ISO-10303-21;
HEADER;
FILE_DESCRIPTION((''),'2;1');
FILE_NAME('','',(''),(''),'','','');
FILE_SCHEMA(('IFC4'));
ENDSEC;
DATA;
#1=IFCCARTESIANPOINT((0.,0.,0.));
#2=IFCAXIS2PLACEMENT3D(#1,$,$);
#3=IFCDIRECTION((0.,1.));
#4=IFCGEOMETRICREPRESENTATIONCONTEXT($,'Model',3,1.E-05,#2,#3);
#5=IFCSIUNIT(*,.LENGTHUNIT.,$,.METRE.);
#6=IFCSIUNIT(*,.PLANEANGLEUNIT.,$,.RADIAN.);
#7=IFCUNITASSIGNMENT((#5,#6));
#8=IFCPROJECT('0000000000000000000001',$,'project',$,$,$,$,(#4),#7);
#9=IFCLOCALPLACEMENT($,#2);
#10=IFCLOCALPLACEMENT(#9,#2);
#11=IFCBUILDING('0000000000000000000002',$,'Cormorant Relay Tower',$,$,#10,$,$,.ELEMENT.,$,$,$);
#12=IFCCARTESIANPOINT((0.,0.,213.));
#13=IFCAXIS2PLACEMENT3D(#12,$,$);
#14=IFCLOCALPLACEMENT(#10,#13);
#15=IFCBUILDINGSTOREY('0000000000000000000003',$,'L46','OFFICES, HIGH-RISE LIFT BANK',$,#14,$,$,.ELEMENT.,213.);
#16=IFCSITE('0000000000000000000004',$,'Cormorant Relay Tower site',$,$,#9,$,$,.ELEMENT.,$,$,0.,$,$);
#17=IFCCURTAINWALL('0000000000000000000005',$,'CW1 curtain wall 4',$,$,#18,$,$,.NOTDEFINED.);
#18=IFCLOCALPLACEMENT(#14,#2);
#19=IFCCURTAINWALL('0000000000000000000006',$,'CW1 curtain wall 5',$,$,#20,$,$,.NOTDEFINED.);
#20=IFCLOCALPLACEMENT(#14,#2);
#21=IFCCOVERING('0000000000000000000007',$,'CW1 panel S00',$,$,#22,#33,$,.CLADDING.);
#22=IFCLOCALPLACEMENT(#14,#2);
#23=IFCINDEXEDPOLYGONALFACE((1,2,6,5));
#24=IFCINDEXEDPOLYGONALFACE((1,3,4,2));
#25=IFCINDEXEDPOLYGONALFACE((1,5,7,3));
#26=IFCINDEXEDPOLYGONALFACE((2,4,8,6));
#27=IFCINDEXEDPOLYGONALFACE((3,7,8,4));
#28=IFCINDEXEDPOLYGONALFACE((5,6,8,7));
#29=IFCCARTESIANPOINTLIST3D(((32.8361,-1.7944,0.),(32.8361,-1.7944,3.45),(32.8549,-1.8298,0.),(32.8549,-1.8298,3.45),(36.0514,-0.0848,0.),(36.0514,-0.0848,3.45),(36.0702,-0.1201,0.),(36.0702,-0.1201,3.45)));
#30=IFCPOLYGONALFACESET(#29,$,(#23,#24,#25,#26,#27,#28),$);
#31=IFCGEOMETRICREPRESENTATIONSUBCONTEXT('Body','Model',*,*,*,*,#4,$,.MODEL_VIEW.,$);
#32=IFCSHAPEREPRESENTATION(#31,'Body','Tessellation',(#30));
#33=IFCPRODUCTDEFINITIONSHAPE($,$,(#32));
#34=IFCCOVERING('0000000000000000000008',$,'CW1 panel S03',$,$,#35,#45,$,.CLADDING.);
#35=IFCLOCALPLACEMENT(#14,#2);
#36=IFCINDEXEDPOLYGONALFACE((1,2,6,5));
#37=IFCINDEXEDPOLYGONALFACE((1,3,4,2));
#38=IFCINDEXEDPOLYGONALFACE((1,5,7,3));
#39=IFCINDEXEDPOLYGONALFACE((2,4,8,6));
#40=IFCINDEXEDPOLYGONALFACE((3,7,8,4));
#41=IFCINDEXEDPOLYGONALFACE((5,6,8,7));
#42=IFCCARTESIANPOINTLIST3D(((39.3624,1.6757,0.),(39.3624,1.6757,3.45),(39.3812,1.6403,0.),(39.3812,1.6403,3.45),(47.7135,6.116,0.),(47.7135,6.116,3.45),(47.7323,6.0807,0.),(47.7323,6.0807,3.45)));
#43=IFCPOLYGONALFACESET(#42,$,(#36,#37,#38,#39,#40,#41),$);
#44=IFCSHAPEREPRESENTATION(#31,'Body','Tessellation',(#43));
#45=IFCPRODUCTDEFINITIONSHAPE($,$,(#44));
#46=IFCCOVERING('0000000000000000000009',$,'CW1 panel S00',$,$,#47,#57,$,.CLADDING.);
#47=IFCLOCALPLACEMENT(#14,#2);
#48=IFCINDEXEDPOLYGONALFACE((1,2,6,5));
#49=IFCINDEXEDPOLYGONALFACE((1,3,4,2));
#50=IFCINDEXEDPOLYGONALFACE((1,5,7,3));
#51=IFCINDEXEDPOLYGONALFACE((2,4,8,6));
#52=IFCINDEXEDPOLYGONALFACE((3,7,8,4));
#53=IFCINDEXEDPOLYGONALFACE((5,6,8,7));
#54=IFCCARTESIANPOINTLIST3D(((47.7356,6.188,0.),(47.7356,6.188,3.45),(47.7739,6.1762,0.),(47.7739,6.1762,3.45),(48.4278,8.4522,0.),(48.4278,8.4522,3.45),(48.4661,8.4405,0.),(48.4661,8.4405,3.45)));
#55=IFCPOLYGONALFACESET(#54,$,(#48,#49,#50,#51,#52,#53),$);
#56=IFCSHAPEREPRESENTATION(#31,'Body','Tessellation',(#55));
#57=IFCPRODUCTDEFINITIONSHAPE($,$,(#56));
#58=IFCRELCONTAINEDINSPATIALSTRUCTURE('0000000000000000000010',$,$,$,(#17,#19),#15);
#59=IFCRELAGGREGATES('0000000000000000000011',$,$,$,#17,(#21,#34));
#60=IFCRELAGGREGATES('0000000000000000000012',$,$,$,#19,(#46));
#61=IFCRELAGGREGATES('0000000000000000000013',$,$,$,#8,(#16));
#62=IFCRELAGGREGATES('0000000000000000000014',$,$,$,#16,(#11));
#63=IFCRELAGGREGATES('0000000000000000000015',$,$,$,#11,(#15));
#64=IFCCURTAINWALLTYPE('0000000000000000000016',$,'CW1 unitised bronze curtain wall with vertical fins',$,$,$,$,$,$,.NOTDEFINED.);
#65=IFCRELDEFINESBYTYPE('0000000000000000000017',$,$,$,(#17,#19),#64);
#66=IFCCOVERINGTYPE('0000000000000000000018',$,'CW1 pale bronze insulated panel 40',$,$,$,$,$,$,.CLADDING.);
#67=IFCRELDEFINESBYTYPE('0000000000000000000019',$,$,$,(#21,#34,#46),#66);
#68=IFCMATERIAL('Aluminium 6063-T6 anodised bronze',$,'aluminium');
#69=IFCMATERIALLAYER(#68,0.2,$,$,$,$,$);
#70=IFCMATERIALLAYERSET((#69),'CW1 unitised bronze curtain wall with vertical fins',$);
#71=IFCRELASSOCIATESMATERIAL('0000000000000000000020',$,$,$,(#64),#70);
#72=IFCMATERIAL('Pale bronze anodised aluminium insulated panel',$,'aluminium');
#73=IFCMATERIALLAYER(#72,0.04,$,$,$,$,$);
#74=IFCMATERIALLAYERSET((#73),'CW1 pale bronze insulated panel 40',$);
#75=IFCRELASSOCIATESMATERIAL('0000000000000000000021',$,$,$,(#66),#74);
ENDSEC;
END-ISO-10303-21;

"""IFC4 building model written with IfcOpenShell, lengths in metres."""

from ifc_helpers import new_model, si_unit, direction, frame, origin, origin_2d, place, context, subcontext, project, spatial, rectangle, extrude, material, layer, layer_set, type_object, element, aggregate, save


model = new_model("IFC4")

# Units and contexts
model_context = context("Model", 3, precision=1e-05, world=origin(), true_north=direction((0.0, 1.0)))
body_context = subcontext(model_context, "Body", "Model", "MODEL_VIEW")
ifc_project = project(units=[si_unit("LENGTHUNIT", "METRE"), si_unit("PLANEANGLEUNIT", "RADIAN")], contexts=[model_context])

# Site, building, storey
site_placement = place(None, origin())
site = spatial("IfcSite", under=ifc_project, at=site_placement, Name="Cormorant Relay Tower site", CompositionType="ELEMENT", RefElevation=0.0)
building_placement = place(site_placement, origin())
building = spatial("IfcBuilding", under=site, at=building_placement, Name="Cormorant Relay Tower", CompositionType="ELEMENT")
storey_placement = place(building_placement, frame((0.0, 0.0, 213.0)))
storey = spatial("IfcBuildingStorey", under=building, at=storey_placement, Name="L46", Description="OFFICES, HIGH-RISE LIFT BANK", CompositionType="ELEMENT", Elevation=213.0)

# Shared definitions
ifc_material_1 = material(Name="Aluminium 6063-T6 anodised bronze", Category="aluminium")
ifc_layer_1 = layer(ifc_material_1, 0.2)
ifc_layer_set_1 = layer_set([ifc_layer_1], Name="CW1 unitised bronze curtain wall with vertical fins")
curtain_wall_type = type_object("IfcCurtainWallType", Name="CW1 unitised bronze curtain wall with vertical fins", PredefinedType="NOTDEFINED", material=ifc_layer_set_1)

# Curtain wall
curtain_wall_1_placement = place(storey_placement, origin())
curtain_wall_1 = element("IfcCurtainWall", 1, at=curtain_wall_1_placement, inside=storey, type_object=curtain_wall_type, Name="CW1 curtain wall 4", PredefinedType="NOTDEFINED")

# Curtain wall
curtain_wall_2_placement = place(storey_placement, origin())
curtain_wall_2 = element("IfcCurtainWall", 2, at=curtain_wall_2_placement, inside=storey, type_object=curtain_wall_type, Name="CW1 curtain wall 5", PredefinedType="NOTDEFINED")

# Coverings
ifc_material_2 = material(Name="Pale bronze anodised aluminium insulated panel", Category="aluminium")
ifc_layer_2 = layer(ifc_material_2, 0.04)
ifc_layer_set_2 = layer_set([ifc_layer_2], Name="CW1 pale bronze insulated panel 40")
covering_type = type_object("IfcCoveringType", Name="CW1 pale bronze insulated panel 40", PredefinedType="CLADDING", material=ifc_layer_set_2)
covering_1_placement = place(storey_placement, frame((34.4531, -0.9573, 0.0), z_axis=(0.0, 0.0, 1.0), x_axis=(0.882948, 0.469472, 0.0)))
covering_1 = element("IfcCovering", 3, at=covering_1_placement, type_object=covering_type, Name="CW1 panel S00", PredefinedType="CLADDING", context=body_context, shape_type="SweptSolid", body=[
    extrude(rectangle(XDim=3.6416, YDim=0.04, at=origin_2d()), origin(), (0.0, 0.0, 1.0), 3.45),
])
covering_2_placement = place(storey_placement, frame((43.5474, 3.8782, 0.0), z_axis=(0.0, 0.0, 1.0), x_axis=(0.882948, 0.469472, 0.0)))
covering_2 = element("IfcCovering", 4, at=covering_2_placement, type_object=covering_type, Name="CW1 panel S03", PredefinedType="CLADDING", context=body_context, shape_type="SweptSolid", body=[
    extrude(rectangle(XDim=9.4583, YDim=0.04, at=origin_2d()), origin(), (0.0, 0.0, 1.0), 3.45),
])
aggregate(curtain_wall_1, [covering_1, covering_2])
covering_3_placement = place(storey_placement, frame((48.1008, 7.3142, 0.0), z_axis=(0.0, 0.0, 1.0), x_axis=(0.292372, 0.956305, 0.0)))
covering_3 = element("IfcCovering", 5, at=covering_3_placement, type_object=covering_type, Name="CW1 panel S00", PredefinedType="CLADDING", context=body_context, shape_type="SweptSolid", body=[
    extrude(rectangle(XDim=2.3677, YDim=0.04, at=origin_2d()), origin(), (0.0, 0.0, 1.0), 3.45),
])
aggregate(curtain_wall_2, [covering_3])

save(model, "model.ifc")
